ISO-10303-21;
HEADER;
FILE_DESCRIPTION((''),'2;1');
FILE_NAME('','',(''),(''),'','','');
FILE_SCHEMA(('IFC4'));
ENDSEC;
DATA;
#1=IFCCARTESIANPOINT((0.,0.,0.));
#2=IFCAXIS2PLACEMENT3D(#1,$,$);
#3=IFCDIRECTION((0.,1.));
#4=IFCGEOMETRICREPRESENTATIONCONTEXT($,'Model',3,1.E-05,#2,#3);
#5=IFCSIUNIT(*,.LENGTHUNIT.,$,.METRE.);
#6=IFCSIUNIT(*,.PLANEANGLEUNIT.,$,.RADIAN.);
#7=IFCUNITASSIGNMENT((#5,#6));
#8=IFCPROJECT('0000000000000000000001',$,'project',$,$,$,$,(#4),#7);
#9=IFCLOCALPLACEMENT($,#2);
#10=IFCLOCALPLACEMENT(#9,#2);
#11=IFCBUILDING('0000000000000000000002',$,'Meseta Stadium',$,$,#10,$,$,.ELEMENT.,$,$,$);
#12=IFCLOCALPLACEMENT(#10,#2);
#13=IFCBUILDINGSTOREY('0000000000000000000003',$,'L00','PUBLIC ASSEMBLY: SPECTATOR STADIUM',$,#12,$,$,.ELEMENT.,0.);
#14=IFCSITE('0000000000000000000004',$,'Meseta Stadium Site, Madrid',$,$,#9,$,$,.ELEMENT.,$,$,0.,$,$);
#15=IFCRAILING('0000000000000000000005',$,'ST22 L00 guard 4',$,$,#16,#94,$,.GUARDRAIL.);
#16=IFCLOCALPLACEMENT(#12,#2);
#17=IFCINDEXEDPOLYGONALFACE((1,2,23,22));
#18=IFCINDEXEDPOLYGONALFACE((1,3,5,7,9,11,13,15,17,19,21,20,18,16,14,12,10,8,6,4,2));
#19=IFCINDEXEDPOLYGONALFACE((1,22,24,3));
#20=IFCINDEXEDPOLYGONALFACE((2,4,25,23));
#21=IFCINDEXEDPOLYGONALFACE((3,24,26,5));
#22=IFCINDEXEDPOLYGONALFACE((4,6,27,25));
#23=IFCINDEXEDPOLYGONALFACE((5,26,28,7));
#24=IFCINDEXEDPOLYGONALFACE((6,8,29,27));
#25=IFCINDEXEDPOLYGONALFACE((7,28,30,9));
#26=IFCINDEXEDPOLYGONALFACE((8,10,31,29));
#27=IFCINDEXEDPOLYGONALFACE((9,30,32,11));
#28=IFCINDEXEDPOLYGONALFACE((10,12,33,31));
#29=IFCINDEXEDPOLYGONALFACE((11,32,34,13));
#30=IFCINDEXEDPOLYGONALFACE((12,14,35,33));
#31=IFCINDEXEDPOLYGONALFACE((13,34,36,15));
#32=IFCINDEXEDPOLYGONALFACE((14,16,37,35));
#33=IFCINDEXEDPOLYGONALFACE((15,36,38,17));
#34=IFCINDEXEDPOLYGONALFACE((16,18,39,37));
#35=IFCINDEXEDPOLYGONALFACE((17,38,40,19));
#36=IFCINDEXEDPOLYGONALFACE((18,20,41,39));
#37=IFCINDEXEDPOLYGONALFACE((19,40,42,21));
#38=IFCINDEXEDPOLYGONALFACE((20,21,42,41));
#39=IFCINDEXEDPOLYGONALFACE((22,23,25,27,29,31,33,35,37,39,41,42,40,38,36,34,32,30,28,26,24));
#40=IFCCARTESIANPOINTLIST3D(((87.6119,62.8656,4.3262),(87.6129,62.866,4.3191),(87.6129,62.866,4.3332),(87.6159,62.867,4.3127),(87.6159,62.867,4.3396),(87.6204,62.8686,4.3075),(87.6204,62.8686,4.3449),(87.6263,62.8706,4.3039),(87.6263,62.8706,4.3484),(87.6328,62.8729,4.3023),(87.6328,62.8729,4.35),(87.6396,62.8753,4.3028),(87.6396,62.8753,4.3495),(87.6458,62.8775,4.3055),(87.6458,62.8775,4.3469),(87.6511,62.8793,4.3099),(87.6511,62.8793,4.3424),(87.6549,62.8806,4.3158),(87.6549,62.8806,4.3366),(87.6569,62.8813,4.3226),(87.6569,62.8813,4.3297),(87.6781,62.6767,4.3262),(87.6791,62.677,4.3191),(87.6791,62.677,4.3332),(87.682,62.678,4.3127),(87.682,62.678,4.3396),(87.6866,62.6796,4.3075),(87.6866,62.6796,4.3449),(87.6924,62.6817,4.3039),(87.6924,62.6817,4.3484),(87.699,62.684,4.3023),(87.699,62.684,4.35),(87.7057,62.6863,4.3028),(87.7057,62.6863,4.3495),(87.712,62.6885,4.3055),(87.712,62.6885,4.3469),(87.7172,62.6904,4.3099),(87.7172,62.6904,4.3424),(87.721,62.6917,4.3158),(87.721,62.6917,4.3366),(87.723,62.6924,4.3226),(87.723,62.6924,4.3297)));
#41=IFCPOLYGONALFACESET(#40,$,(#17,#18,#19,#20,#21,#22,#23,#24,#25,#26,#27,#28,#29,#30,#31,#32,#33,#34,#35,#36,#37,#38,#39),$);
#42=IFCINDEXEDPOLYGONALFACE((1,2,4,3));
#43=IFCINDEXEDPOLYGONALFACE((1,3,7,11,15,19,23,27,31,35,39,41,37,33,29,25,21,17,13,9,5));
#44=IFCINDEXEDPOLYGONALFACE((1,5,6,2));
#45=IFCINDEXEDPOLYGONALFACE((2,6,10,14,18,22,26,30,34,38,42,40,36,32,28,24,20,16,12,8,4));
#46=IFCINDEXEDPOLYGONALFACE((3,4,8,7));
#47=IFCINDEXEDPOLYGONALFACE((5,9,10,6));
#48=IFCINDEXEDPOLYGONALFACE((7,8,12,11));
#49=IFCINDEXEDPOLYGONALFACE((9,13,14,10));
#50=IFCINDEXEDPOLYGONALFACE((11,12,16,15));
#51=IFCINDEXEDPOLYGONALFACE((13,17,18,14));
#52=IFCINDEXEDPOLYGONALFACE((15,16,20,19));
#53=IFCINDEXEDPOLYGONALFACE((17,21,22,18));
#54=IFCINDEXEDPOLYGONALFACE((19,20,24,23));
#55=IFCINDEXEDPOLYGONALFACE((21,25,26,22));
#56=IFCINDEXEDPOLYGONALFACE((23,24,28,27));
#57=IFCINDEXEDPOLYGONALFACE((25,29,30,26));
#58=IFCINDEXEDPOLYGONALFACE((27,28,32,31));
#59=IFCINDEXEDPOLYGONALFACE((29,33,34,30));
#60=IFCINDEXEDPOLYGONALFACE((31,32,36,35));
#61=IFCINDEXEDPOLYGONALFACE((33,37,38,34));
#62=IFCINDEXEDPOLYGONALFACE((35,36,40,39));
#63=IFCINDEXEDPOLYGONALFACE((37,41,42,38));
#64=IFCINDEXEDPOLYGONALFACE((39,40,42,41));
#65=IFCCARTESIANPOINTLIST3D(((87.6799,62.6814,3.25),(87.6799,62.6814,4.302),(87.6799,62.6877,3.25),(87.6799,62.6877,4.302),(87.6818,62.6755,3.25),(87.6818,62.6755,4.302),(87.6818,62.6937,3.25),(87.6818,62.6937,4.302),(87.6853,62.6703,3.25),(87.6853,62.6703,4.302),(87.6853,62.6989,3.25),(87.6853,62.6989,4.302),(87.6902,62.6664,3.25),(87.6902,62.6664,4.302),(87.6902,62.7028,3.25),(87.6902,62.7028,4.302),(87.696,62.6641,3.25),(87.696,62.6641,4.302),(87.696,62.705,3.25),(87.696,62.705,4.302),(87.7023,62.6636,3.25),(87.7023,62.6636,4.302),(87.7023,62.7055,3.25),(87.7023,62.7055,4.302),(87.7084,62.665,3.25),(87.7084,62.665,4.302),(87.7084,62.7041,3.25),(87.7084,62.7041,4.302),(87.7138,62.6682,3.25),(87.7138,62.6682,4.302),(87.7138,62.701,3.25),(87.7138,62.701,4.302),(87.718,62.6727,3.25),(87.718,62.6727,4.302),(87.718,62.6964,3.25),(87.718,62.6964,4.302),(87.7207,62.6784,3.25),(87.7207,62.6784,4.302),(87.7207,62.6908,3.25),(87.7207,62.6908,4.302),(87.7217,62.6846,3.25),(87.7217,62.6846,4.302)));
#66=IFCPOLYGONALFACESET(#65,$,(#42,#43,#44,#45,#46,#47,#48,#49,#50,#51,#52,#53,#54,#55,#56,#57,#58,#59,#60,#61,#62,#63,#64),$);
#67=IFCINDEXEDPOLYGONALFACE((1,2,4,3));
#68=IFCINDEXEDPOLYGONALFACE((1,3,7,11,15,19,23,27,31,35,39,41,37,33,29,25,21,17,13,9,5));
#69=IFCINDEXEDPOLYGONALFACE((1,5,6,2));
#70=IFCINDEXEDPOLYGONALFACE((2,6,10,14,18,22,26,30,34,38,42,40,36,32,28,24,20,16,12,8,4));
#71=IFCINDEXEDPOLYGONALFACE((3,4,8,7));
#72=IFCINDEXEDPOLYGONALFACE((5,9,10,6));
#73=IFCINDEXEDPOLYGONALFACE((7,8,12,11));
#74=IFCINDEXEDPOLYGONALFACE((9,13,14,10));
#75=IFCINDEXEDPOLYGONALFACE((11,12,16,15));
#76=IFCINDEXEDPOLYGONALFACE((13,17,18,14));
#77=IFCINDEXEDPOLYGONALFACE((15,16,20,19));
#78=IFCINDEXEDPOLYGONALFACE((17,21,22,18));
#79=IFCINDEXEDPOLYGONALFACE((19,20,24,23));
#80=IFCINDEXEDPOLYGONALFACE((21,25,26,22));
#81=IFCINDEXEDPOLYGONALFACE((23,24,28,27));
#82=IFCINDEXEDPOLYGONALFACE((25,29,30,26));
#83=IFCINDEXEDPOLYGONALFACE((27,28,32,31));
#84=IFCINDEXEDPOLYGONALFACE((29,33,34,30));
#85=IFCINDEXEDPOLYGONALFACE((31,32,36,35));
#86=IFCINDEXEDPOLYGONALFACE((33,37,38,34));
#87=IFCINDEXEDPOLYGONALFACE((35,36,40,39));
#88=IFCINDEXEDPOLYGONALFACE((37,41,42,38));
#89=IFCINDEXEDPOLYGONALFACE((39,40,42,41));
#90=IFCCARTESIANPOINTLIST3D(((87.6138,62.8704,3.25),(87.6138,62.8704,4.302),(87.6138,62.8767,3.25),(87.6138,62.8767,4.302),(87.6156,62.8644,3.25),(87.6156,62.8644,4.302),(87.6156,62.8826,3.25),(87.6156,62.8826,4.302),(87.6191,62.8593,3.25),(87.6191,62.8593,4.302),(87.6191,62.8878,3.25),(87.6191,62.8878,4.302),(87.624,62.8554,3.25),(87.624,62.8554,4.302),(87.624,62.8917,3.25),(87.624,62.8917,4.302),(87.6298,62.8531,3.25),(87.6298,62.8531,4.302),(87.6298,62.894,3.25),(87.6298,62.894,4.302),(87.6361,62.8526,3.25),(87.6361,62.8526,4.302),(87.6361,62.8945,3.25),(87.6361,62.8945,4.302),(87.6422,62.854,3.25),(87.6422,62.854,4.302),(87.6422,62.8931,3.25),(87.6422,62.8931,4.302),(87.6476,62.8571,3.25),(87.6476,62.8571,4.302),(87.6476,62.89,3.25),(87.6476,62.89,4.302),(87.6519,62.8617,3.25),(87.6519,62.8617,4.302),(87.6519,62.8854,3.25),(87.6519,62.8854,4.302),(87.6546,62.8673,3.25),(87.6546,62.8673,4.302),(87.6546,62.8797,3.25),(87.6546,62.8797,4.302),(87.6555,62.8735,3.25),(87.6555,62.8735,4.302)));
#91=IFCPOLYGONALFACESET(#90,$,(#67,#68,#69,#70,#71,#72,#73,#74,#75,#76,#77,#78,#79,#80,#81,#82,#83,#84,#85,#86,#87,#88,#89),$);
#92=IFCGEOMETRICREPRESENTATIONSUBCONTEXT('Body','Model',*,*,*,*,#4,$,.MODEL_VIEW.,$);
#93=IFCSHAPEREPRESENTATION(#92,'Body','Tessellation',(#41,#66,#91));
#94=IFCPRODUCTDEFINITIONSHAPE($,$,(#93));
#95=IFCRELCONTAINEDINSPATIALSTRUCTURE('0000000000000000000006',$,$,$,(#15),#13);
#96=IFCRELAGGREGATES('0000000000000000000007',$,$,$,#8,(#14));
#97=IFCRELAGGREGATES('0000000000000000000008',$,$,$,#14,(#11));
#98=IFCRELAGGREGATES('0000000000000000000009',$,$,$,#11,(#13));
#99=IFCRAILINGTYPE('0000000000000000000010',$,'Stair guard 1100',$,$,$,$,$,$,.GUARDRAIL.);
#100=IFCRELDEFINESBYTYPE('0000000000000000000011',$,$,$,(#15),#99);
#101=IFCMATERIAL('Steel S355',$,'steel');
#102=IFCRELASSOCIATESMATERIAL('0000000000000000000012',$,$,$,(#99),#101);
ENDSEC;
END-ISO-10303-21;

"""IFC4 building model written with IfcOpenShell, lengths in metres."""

from ifc_helpers import new_model, si_unit, direction, frame, origin, origin_2d, place, context, subcontext, project, spatial, circle, extrude, material, type_object, element, save


model = new_model("IFC4")

# Units and contexts
model_context = context("Model", 3, precision=1e-05, world=origin(), true_north=direction((0.0, 1.0)))
body_context = subcontext(model_context, "Body", "Model", "MODEL_VIEW")
ifc_project = project(units=[si_unit("LENGTHUNIT", "METRE"), si_unit("PLANEANGLEUNIT", "RADIAN")], contexts=[model_context])

# Site, building, storey
site_placement = place(None, origin())
site = spatial("IfcSite", under=ifc_project, at=site_placement, Name="Meseta Stadium Site, Madrid", CompositionType="ELEMENT", RefElevation=0.0)
building_placement = place(site_placement, origin())
building = spatial("IfcBuilding", under=site, at=building_placement, Name="Meseta Stadium", CompositionType="ELEMENT")
storey_placement = place(building_placement, origin())
storey = spatial("IfcBuildingStorey", under=building, at=storey_placement, Name="L00", Description="PUBLIC ASSEMBLY: SPECTATOR STADIUM", CompositionType="ELEMENT", Elevation=0.0)

# Railing
ifc_material_1 = material(Name="Steel S355", Category="steel")
railing_type_1 = type_object("IfcRailingType", Name="Stair guard 1100", PredefinedType="GUARDRAIL", material=ifc_material_1)
railing_1_placement = place(storey_placement, frame((87.7007, 62.6846, 3.25)))
element("IfcRailing", 1, at=railing_1_placement, inside=storey, type_object=railing_type_1, Name="ST22 L00 guard 4", PredefinedType="GUARDRAIL", context=body_context, shape_type="SweptSolid", body=[
    extrude(circle(Radius=0.0239, at=origin_2d()), frame((0.0, 0.0, 1.0762), z_axis=(-0.330459, 0.94382, 0.0), x_axis=(-0.94382, -0.330459, 0.0)), (0.0, 0.0, 1.0), 0.2002),
    extrude(circle(Radius=0.021, at=origin_2d()), origin(), (0.0, 0.0, 1.0), 1.052),
    extrude(circle(Radius=0.021, at=origin_2d()), frame((-0.0662, 0.189, 0.0)), (0.0, 0.0, 1.0), 1.052),
])

save(model, "model.ifc")
